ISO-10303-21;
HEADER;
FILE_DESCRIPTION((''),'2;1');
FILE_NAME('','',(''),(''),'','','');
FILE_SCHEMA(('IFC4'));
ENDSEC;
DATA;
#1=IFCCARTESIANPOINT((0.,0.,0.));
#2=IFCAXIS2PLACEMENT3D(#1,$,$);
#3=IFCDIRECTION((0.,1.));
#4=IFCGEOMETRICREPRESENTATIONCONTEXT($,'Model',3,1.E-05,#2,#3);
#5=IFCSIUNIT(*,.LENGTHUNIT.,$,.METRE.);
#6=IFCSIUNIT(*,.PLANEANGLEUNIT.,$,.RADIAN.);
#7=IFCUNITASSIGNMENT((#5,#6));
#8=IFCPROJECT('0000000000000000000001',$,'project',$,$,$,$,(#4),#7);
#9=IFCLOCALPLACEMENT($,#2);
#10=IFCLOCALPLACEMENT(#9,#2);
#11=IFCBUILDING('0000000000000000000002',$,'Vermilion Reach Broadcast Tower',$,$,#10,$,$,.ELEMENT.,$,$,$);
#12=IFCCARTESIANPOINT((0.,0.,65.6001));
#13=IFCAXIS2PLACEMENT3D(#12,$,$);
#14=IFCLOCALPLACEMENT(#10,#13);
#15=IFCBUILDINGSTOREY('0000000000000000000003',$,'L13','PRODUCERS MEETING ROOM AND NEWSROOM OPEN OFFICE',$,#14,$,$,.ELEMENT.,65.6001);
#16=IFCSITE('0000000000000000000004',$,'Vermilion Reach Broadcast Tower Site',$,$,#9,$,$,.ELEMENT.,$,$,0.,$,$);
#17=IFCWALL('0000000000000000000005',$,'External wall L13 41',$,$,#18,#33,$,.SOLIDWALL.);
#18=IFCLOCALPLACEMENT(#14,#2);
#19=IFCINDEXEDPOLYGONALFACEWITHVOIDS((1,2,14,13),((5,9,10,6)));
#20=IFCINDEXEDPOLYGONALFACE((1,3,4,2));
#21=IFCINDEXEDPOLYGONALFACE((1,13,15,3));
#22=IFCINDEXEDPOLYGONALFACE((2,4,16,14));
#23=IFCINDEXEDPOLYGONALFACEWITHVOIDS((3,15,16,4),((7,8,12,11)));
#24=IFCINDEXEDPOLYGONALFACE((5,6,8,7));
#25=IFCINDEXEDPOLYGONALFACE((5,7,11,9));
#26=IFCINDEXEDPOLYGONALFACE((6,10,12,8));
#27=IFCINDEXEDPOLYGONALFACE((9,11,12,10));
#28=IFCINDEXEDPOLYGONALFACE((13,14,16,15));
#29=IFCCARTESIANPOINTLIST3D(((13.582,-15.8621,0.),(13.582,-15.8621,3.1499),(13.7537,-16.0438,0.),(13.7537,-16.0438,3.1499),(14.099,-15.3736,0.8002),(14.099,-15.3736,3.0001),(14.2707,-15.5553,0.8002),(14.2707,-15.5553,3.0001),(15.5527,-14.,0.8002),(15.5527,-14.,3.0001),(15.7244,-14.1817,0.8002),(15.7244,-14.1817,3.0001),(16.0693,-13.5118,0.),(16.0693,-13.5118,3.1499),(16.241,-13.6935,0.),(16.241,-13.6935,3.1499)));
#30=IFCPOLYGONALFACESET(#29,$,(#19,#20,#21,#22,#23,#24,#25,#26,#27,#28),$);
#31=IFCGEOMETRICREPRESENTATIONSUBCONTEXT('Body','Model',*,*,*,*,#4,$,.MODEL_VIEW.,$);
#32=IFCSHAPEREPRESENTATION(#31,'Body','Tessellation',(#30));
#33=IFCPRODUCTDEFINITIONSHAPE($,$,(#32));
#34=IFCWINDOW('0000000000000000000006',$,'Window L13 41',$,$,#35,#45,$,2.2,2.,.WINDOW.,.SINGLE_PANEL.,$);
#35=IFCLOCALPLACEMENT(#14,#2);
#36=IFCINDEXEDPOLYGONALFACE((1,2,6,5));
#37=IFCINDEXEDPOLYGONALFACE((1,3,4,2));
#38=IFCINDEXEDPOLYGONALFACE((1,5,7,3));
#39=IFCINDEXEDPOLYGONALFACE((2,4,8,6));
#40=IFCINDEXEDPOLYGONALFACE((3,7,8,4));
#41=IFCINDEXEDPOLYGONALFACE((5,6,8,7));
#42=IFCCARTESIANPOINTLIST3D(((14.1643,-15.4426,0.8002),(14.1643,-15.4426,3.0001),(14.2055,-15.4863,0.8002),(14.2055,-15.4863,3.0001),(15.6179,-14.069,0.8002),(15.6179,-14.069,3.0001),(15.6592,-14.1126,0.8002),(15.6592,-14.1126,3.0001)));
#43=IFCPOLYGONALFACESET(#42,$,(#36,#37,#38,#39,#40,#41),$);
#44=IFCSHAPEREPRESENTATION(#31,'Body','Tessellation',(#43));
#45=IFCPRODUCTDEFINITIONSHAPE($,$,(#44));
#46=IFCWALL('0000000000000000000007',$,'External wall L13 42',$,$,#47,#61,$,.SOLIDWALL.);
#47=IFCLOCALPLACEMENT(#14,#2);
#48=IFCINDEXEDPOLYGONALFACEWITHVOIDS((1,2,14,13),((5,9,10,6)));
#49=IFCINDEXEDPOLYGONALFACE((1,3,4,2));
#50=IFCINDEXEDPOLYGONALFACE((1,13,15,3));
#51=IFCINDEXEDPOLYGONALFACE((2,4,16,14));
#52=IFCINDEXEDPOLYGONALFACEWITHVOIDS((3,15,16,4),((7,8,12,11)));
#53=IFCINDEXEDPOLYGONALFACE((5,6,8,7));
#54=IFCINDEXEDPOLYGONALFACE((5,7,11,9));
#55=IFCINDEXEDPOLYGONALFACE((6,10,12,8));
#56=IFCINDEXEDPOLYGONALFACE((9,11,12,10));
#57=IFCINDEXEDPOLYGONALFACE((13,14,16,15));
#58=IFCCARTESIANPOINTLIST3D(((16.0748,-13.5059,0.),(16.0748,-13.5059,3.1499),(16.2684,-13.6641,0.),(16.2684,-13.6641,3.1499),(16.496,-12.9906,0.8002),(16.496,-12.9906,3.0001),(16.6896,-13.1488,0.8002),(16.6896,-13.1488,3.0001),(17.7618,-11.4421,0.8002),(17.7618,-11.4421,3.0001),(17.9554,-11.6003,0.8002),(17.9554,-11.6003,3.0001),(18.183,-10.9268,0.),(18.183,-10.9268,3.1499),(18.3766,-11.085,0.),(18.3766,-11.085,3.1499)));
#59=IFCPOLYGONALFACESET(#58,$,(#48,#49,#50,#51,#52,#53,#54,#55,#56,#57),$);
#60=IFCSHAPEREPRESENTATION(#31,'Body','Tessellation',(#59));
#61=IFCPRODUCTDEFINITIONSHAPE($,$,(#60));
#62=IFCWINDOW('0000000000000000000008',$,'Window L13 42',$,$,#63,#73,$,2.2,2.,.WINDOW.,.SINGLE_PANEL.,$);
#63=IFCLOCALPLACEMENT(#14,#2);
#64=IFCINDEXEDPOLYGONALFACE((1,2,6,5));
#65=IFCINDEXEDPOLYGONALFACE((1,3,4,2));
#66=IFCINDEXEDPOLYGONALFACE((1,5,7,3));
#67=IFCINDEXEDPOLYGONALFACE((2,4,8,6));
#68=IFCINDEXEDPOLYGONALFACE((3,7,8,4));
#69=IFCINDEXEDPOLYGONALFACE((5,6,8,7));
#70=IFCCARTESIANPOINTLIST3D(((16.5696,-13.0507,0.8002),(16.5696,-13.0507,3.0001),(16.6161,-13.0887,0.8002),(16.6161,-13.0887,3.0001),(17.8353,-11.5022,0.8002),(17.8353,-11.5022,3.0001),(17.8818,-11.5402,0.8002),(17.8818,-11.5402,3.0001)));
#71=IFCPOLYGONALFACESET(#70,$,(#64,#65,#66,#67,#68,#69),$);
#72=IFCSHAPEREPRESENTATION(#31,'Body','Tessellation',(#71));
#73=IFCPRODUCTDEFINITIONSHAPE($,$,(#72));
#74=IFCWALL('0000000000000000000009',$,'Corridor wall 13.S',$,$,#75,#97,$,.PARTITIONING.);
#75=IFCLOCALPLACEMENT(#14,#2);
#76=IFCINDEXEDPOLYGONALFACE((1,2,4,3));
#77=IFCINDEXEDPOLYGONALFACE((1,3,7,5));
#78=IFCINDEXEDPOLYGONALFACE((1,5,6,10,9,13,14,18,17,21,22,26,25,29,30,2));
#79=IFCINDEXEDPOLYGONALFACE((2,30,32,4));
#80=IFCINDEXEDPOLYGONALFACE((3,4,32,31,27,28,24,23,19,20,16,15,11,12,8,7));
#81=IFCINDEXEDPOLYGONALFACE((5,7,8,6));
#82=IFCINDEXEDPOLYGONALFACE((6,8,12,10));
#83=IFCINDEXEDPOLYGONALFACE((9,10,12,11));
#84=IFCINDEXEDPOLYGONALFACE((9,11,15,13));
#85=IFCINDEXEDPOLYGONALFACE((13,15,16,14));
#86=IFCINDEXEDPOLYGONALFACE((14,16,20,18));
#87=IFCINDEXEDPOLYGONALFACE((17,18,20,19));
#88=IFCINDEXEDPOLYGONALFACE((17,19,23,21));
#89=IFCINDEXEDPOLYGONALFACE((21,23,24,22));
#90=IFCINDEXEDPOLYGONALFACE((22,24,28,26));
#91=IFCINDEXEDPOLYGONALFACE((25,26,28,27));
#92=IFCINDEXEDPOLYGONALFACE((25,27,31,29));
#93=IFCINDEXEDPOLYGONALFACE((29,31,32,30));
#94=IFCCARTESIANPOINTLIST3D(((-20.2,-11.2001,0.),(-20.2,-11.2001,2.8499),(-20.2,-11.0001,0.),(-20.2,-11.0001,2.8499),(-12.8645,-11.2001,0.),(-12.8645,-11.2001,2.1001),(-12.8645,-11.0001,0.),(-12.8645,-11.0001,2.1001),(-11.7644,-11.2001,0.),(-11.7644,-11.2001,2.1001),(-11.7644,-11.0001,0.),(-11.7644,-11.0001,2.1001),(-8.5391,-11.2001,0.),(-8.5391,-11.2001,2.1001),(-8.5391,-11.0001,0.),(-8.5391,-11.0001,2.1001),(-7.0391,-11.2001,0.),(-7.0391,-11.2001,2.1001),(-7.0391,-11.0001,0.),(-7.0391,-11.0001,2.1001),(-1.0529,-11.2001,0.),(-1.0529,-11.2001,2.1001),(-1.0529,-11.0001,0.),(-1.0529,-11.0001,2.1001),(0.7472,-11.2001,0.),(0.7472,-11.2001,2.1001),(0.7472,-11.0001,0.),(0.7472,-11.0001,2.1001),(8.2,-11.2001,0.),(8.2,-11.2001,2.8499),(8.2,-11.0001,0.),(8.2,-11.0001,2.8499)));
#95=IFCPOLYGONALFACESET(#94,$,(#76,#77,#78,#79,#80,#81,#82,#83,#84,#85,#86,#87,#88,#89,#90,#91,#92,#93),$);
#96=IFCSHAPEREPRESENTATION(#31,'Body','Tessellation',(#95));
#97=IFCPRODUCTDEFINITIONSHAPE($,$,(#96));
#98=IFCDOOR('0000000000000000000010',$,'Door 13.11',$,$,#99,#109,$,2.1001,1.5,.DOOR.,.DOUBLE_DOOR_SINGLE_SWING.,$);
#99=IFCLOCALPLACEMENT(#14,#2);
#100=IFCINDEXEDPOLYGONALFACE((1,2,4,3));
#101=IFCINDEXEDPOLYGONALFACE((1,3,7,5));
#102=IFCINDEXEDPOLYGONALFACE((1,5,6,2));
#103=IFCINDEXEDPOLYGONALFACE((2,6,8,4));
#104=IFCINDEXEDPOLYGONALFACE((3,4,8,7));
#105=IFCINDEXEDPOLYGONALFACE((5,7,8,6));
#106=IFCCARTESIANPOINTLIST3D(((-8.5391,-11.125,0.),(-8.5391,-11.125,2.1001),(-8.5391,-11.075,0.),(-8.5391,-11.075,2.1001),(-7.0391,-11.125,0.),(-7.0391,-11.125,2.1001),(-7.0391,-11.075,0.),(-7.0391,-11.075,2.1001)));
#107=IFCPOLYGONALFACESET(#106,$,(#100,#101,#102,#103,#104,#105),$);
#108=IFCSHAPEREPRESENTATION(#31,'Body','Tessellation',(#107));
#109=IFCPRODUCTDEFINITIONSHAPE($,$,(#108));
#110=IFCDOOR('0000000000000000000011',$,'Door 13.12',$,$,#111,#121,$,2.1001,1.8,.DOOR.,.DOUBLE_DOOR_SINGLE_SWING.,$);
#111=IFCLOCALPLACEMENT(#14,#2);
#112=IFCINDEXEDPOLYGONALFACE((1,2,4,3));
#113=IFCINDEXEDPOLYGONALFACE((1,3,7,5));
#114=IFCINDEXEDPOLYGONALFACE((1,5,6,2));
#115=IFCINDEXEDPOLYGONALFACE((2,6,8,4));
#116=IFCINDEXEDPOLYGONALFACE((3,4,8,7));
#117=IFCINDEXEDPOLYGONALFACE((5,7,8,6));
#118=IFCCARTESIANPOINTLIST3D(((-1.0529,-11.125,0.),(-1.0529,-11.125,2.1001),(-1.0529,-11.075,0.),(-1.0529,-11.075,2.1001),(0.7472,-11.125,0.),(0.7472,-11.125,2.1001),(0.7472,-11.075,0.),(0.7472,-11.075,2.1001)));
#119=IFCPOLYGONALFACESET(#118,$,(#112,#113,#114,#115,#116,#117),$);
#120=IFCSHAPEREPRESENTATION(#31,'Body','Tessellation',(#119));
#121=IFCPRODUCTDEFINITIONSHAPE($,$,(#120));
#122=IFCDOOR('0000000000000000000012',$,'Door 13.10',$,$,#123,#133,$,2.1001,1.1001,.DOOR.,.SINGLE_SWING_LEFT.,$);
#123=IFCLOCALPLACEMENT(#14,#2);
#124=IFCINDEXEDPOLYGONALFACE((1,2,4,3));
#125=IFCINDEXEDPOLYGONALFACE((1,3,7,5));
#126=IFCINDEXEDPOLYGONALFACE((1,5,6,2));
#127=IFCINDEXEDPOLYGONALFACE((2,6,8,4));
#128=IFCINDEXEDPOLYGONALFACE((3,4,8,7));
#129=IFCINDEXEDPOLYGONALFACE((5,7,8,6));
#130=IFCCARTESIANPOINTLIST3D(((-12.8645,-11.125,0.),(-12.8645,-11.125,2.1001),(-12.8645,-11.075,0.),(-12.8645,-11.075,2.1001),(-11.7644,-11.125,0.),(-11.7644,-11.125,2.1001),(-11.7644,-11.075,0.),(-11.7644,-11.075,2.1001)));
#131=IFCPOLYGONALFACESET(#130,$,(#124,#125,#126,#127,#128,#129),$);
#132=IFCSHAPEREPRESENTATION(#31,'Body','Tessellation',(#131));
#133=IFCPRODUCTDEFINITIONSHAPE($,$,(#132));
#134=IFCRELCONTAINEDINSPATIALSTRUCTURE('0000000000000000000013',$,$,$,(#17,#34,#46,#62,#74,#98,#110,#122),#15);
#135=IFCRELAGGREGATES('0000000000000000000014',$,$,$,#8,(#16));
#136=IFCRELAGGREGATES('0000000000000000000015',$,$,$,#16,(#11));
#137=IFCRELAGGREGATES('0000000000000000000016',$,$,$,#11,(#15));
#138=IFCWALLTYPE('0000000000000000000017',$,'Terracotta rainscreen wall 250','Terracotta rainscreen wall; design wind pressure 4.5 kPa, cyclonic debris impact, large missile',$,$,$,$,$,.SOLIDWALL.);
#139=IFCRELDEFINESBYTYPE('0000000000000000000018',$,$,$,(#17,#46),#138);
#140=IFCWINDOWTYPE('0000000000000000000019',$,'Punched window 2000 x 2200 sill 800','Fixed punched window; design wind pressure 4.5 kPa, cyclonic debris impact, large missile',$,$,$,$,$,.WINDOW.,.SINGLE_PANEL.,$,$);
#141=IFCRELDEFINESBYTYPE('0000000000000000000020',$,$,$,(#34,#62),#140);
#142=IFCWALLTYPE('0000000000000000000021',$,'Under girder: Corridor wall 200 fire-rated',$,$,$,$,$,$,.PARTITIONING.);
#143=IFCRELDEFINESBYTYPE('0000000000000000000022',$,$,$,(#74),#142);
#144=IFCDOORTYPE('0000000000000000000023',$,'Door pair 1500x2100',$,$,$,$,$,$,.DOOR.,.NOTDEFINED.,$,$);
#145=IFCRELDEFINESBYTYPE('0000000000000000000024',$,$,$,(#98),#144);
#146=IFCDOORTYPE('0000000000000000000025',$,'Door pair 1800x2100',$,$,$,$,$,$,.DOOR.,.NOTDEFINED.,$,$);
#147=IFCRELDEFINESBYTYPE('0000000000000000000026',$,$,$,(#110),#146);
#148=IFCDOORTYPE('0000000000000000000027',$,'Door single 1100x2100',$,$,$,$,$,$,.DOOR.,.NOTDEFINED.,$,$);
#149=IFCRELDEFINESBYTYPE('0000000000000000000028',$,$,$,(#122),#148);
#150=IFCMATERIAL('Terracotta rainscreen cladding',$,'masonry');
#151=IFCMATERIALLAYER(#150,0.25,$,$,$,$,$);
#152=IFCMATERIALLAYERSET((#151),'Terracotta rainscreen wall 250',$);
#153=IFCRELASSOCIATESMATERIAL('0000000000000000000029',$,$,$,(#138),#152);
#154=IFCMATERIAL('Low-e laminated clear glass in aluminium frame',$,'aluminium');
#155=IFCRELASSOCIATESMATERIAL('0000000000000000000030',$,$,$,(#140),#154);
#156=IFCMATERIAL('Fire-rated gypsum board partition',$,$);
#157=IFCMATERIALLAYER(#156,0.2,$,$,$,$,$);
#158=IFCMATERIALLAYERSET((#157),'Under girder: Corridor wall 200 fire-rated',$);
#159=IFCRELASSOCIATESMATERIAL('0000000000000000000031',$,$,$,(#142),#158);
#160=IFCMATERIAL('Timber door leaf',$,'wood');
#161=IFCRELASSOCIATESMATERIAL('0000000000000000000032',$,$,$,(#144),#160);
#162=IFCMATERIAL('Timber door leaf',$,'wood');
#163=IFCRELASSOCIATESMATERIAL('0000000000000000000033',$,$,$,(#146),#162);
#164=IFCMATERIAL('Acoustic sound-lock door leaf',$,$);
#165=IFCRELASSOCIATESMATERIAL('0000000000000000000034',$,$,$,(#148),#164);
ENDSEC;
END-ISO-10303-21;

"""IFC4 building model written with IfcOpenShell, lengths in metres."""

from ifc_helpers import new_model, si_unit, direction, frame, frame_2d, origin, place, context, subcontext, project, spatial, rectangle, extrude, material, layer, layer_set, type_object, element, fill, save


model = new_model("IFC4")

# Units and contexts
model_context = context("Model", 3, precision=1e-05, world=origin(), true_north=direction((0.0, 1.0)))
body_context = subcontext(model_context, "Body", "Model", "MODEL_VIEW")
ifc_project = project(units=[si_unit("LENGTHUNIT", "METRE"), si_unit("PLANEANGLEUNIT", "RADIAN")], contexts=[model_context])

# Site, building, storey
site_placement = place(None, origin())
site = spatial("IfcSite", under=ifc_project, at=site_placement, Name="Vermilion Reach Broadcast Tower Site", CompositionType="ELEMENT", RefElevation=0.0)
building_placement = place(site_placement, origin())
building = spatial("IfcBuilding", under=site, at=building_placement, Name="Vermilion Reach Broadcast Tower", CompositionType="ELEMENT")
storey_placement = place(building_placement, frame((0.0, 0.0, 65.6001)))
storey = spatial("IfcBuildingStorey", under=building, at=storey_placement, Name="L13", Description="PRODUCERS MEETING ROOM AND NEWSROOM OPEN OFFICE", CompositionType="ELEMENT", Elevation=65.6001)

# Shared definitions
ifc_material_1 = material(Name="Terracotta rainscreen cladding", Category="masonry")
ifc_layer_1 = layer(ifc_material_1, 0.25)
ifc_layer_set_1 = layer_set([ifc_layer_1], Name="Terracotta rainscreen wall 250")
wall_type_1 = type_object("IfcWallType", Name="Terracotta rainscreen wall 250", Description="Terracotta rainscreen wall; design wind pressure 4.5 kPa, cyclonic debris impact, large missile", PredefinedType="SOLIDWALL", material=ifc_layer_set_1)

# Shared definitions
ifc_material_2 = material(Name="Low-e laminated clear glass in aluminium frame", Category="aluminium")
window_type = type_object("IfcWindowType", Name="Punched window 2000 x 2200 sill 800", Description="Fixed punched window; design wind pressure 4.5 kPa, cyclonic debris impact, large missile", PartitioningType="SINGLE_PANEL", PredefinedType="WINDOW", material=ifc_material_2)

# Walls, openings, windows
wall_1_placement = place(storey_placement, frame((13.668, -15.9529, 0.0), z_axis=(0.0, 0.0, 1.0), x_axis=(0.726835, 0.686812, 0.0)))
wall_1 = element("IfcWall", 1, at=wall_1_placement, inside=storey, type_object=wall_type_1, Name="External wall L13 41", PredefinedType="SOLIDWALL", context=body_context, shape_type="SweptSolid", body=[
    extrude(rectangle(XDim=3.4221, YDim=0.25, at=frame_2d((1.7109, 0.0))), origin(), (0.0, 0.0, 1.0), 3.1499),
])
opening_1_placement = place(wall_1_placement, frame((0.7112, 0.0, 0.8)))
opening_1 = element("IfcOpeningElement", 2, at=opening_1_placement, cuts=wall_1, PredefinedType="OPENING", context=body_context, shape_type="SweptSolid", body=[
    extrude(rectangle(XDim=2.0, YDim=2.2, at=frame_2d((1.0, 1.1001))), frame((0.0, 0.135, 0.0), z_axis=(0.0, -1.0, 0.0), x_axis=(1.0, 0.0, 0.0)), (0.0, 0.0, 1.0), 0.27),
])
window_1_placement = place(opening_1_placement, origin())
window_1 = element("IfcWindow", 3, at=window_1_placement, inside=storey, type_object=window_type, Name="Window L13 41", OverallHeight=2.2, OverallWidth=2.0, PartitioningType="SINGLE_PANEL", PredefinedType="WINDOW", context=body_context, shape_type="SweptSolid", body=[
    extrude(rectangle(XDim=2.0, YDim=2.2, at=frame_2d((1.0, 1.1001))), frame((0.0, 0.03, 0.0), z_axis=(0.0, -1.0, 0.0), x_axis=(1.0, 0.0, 0.0)), (0.0, 0.0, 1.0), 0.0601),
])
fill(opening_1, window_1)
wall_2_placement = place(storey_placement, frame((16.1716, -13.585, 0.0), z_axis=(0.0, 0.0, 1.0), x_axis=(0.632875, 0.774254, 0.0)))
wall_2 = element("IfcWall", 4, at=wall_2_placement, inside=storey, type_object=wall_type_1, Name="External wall L13 42", PredefinedType="SOLIDWALL", context=body_context, shape_type="SweptSolid", body=[
    extrude(rectangle(XDim=3.3311, YDim=0.25, at=frame_2d((1.6655, 0.0))), origin(), (0.0, 0.0, 1.0), 3.1499),
])
opening_2_placement = place(wall_2_placement, frame((0.6655, 0.0, 0.8)))
opening_2 = element("IfcOpeningElement", 5, at=opening_2_placement, cuts=wall_2, PredefinedType="OPENING", context=body_context, shape_type="SweptSolid", body=[
    extrude(rectangle(XDim=2.0, YDim=2.2, at=frame_2d((1.0, 1.1001))), frame((0.0, 0.135, 0.0), z_axis=(0.0, -1.0, 0.0), x_axis=(1.0, 0.0, 0.0)), (0.0, 0.0, 1.0), 0.27),
])
window_2_placement = place(opening_2_placement, origin())
window_2 = element("IfcWindow", 6, at=window_2_placement, inside=storey, type_object=window_type, Name="Window L13 42", OverallHeight=2.2, OverallWidth=2.0, PartitioningType="SINGLE_PANEL", PredefinedType="WINDOW", context=body_context, shape_type="SweptSolid", body=[
    extrude(rectangle(XDim=2.0, YDim=2.2, at=frame_2d((1.0, 1.1001))), frame((0.0, 0.03, 0.0), z_axis=(0.0, -1.0, 0.0), x_axis=(1.0, 0.0, 0.0)), (0.0, 0.0, 1.0), 0.0601),
])
fill(opening_2, window_2)

# Wall, openings, doors
ifc_material_3 = material(Name="Fire-rated gypsum board partition")
ifc_layer_2 = layer(ifc_material_3, 0.2)
ifc_layer_set_2 = layer_set([ifc_layer_2], Name="Under girder: Corridor wall 200 fire-rated")
wall_type_2 = type_object("IfcWallType", Name="Under girder: Corridor wall 200 fire-rated", PredefinedType="PARTITIONING", material=ifc_layer_set_2)
wall_3_placement = place(storey_placement, frame((8.2, -11.1001, 0.0), z_axis=(0.0, 0.0, 1.0), x_axis=(-1.0, 0.0, 0.0)))
wall_3 = element("IfcWall", 7, at=wall_3_placement, inside=storey, type_object=wall_type_2, Name="Corridor wall 13.S", PredefinedType="PARTITIONING", context=body_context, shape_type="SweptSolid", body=[
    extrude(rectangle(XDim=28.3999, YDim=0.2, at=frame_2d((14.2, 0.0))), origin(), (0.0, 0.0, 1.0), 2.8499),
])
opening_3_placement = place(wall_3_placement, frame((19.9644, 0.0, 0.0)))
opening_3 = element("IfcOpeningElement", 8, at=opening_3_placement, cuts=wall_3, PredefinedType="OPENING", context=body_context, shape_type="SweptSolid", body=[
    extrude(rectangle(XDim=1.1001, YDim=2.1001, at=frame_2d((0.55, 1.05))), frame((0.0, 0.1099, 0.0), z_axis=(0.0, -1.0, 0.0), x_axis=(1.0, 0.0, 0.0)), (0.0, 0.0, 1.0), 0.22),
])
opening_4_placement = place(wall_3_placement, frame((15.239, 0.0, 0.0)))
opening_4 = element("IfcOpeningElement", 9, at=opening_4_placement, cuts=wall_3, PredefinedType="OPENING", context=body_context, shape_type="SweptSolid", body=[
    extrude(rectangle(XDim=1.5, YDim=2.1001, at=frame_2d((0.75, 1.05))), frame((0.0, 0.1099, 0.0), z_axis=(0.0, -1.0, 0.0), x_axis=(1.0, 0.0, 0.0)), (0.0, 0.0, 1.0), 0.22),
])
opening_5_placement = place(wall_3_placement, frame((7.4529, 0.0, 0.0)))
opening_5 = element("IfcOpeningElement", 10, at=opening_5_placement, cuts=wall_3, PredefinedType="OPENING", context=body_context, shape_type="SweptSolid", body=[
    extrude(rectangle(XDim=1.8, YDim=2.1001, at=frame_2d((0.8999, 1.05))), frame((0.0, 0.1099, 0.0), z_axis=(0.0, -1.0, 0.0), x_axis=(1.0, 0.0, 0.0)), (0.0, 0.0, 1.0), 0.22),
])
ifc_material_4 = material(Name="Timber door leaf", Category="wood")
door_type_1 = type_object("IfcDoorType", Name="Door pair 1500x2100", OperationType="NOTDEFINED", PredefinedType="DOOR", material=ifc_material_4)
door_1_placement = place(opening_4_placement, origin())
door_1 = element("IfcDoor", 11, at=door_1_placement, inside=storey, type_object=door_type_1, Name="Door 13.11", OperationType="DOUBLE_DOOR_SINGLE_SWING", OverallHeight=2.1001, OverallWidth=1.5, PredefinedType="DOOR", context=body_context, shape_type="SweptSolid", body=[
    extrude(rectangle(XDim=1.5, YDim=2.1001, at=frame_2d((0.75, 1.05))), frame((0.0, 0.0249, 0.0), z_axis=(0.0, -1.0, 0.0), x_axis=(1.0, 0.0, 0.0)), (0.0, 0.0, 1.0), 0.05),
])
fill(opening_4, door_1)
ifc_material_5 = material(Name="Timber door leaf", Category="wood")
door_type_2 = type_object("IfcDoorType", Name="Door pair 1800x2100", OperationType="NOTDEFINED", PredefinedType="DOOR", material=ifc_material_5)
door_2_placement = place(opening_5_placement, origin())
door_2 = element("IfcDoor", 12, at=door_2_placement, inside=storey, type_object=door_type_2, Name="Door 13.12", OperationType="DOUBLE_DOOR_SINGLE_SWING", OverallHeight=2.1001, OverallWidth=1.8, PredefinedType="DOOR", context=body_context, shape_type="SweptSolid", body=[
    extrude(rectangle(XDim=1.8, YDim=2.1001, at=frame_2d((0.8999, 1.05))), frame((0.0, 0.0249, 0.0), z_axis=(0.0, -1.0, 0.0), x_axis=(1.0, 0.0, 0.0)), (0.0, 0.0, 1.0), 0.05),
])
fill(opening_5, door_2)
ifc_material_6 = material(Name="Acoustic sound-lock door leaf")
door_type_3 = type_object("IfcDoorType", Name="Door single 1100x2100", OperationType="NOTDEFINED", PredefinedType="DOOR", material=ifc_material_6)
door_3_placement = place(opening_3_placement, origin())
door_3 = element("IfcDoor", 13, at=door_3_placement, inside=storey, type_object=door_type_3, Name="Door 13.10", OperationType="SINGLE_SWING_LEFT", OverallHeight=2.1001, OverallWidth=1.1001, PredefinedType="DOOR", context=body_context, shape_type="SweptSolid", body=[
    extrude(rectangle(XDim=1.1001, YDim=2.1001, at=frame_2d((0.55, 1.05))), frame((0.0, 0.0249, 0.0), z_axis=(0.0, -1.0, 0.0), x_axis=(1.0, 0.0, 0.0)), (0.0, 0.0, 1.0), 0.05),
])
fill(opening_3, door_3)

save(model, "model.ifc")
